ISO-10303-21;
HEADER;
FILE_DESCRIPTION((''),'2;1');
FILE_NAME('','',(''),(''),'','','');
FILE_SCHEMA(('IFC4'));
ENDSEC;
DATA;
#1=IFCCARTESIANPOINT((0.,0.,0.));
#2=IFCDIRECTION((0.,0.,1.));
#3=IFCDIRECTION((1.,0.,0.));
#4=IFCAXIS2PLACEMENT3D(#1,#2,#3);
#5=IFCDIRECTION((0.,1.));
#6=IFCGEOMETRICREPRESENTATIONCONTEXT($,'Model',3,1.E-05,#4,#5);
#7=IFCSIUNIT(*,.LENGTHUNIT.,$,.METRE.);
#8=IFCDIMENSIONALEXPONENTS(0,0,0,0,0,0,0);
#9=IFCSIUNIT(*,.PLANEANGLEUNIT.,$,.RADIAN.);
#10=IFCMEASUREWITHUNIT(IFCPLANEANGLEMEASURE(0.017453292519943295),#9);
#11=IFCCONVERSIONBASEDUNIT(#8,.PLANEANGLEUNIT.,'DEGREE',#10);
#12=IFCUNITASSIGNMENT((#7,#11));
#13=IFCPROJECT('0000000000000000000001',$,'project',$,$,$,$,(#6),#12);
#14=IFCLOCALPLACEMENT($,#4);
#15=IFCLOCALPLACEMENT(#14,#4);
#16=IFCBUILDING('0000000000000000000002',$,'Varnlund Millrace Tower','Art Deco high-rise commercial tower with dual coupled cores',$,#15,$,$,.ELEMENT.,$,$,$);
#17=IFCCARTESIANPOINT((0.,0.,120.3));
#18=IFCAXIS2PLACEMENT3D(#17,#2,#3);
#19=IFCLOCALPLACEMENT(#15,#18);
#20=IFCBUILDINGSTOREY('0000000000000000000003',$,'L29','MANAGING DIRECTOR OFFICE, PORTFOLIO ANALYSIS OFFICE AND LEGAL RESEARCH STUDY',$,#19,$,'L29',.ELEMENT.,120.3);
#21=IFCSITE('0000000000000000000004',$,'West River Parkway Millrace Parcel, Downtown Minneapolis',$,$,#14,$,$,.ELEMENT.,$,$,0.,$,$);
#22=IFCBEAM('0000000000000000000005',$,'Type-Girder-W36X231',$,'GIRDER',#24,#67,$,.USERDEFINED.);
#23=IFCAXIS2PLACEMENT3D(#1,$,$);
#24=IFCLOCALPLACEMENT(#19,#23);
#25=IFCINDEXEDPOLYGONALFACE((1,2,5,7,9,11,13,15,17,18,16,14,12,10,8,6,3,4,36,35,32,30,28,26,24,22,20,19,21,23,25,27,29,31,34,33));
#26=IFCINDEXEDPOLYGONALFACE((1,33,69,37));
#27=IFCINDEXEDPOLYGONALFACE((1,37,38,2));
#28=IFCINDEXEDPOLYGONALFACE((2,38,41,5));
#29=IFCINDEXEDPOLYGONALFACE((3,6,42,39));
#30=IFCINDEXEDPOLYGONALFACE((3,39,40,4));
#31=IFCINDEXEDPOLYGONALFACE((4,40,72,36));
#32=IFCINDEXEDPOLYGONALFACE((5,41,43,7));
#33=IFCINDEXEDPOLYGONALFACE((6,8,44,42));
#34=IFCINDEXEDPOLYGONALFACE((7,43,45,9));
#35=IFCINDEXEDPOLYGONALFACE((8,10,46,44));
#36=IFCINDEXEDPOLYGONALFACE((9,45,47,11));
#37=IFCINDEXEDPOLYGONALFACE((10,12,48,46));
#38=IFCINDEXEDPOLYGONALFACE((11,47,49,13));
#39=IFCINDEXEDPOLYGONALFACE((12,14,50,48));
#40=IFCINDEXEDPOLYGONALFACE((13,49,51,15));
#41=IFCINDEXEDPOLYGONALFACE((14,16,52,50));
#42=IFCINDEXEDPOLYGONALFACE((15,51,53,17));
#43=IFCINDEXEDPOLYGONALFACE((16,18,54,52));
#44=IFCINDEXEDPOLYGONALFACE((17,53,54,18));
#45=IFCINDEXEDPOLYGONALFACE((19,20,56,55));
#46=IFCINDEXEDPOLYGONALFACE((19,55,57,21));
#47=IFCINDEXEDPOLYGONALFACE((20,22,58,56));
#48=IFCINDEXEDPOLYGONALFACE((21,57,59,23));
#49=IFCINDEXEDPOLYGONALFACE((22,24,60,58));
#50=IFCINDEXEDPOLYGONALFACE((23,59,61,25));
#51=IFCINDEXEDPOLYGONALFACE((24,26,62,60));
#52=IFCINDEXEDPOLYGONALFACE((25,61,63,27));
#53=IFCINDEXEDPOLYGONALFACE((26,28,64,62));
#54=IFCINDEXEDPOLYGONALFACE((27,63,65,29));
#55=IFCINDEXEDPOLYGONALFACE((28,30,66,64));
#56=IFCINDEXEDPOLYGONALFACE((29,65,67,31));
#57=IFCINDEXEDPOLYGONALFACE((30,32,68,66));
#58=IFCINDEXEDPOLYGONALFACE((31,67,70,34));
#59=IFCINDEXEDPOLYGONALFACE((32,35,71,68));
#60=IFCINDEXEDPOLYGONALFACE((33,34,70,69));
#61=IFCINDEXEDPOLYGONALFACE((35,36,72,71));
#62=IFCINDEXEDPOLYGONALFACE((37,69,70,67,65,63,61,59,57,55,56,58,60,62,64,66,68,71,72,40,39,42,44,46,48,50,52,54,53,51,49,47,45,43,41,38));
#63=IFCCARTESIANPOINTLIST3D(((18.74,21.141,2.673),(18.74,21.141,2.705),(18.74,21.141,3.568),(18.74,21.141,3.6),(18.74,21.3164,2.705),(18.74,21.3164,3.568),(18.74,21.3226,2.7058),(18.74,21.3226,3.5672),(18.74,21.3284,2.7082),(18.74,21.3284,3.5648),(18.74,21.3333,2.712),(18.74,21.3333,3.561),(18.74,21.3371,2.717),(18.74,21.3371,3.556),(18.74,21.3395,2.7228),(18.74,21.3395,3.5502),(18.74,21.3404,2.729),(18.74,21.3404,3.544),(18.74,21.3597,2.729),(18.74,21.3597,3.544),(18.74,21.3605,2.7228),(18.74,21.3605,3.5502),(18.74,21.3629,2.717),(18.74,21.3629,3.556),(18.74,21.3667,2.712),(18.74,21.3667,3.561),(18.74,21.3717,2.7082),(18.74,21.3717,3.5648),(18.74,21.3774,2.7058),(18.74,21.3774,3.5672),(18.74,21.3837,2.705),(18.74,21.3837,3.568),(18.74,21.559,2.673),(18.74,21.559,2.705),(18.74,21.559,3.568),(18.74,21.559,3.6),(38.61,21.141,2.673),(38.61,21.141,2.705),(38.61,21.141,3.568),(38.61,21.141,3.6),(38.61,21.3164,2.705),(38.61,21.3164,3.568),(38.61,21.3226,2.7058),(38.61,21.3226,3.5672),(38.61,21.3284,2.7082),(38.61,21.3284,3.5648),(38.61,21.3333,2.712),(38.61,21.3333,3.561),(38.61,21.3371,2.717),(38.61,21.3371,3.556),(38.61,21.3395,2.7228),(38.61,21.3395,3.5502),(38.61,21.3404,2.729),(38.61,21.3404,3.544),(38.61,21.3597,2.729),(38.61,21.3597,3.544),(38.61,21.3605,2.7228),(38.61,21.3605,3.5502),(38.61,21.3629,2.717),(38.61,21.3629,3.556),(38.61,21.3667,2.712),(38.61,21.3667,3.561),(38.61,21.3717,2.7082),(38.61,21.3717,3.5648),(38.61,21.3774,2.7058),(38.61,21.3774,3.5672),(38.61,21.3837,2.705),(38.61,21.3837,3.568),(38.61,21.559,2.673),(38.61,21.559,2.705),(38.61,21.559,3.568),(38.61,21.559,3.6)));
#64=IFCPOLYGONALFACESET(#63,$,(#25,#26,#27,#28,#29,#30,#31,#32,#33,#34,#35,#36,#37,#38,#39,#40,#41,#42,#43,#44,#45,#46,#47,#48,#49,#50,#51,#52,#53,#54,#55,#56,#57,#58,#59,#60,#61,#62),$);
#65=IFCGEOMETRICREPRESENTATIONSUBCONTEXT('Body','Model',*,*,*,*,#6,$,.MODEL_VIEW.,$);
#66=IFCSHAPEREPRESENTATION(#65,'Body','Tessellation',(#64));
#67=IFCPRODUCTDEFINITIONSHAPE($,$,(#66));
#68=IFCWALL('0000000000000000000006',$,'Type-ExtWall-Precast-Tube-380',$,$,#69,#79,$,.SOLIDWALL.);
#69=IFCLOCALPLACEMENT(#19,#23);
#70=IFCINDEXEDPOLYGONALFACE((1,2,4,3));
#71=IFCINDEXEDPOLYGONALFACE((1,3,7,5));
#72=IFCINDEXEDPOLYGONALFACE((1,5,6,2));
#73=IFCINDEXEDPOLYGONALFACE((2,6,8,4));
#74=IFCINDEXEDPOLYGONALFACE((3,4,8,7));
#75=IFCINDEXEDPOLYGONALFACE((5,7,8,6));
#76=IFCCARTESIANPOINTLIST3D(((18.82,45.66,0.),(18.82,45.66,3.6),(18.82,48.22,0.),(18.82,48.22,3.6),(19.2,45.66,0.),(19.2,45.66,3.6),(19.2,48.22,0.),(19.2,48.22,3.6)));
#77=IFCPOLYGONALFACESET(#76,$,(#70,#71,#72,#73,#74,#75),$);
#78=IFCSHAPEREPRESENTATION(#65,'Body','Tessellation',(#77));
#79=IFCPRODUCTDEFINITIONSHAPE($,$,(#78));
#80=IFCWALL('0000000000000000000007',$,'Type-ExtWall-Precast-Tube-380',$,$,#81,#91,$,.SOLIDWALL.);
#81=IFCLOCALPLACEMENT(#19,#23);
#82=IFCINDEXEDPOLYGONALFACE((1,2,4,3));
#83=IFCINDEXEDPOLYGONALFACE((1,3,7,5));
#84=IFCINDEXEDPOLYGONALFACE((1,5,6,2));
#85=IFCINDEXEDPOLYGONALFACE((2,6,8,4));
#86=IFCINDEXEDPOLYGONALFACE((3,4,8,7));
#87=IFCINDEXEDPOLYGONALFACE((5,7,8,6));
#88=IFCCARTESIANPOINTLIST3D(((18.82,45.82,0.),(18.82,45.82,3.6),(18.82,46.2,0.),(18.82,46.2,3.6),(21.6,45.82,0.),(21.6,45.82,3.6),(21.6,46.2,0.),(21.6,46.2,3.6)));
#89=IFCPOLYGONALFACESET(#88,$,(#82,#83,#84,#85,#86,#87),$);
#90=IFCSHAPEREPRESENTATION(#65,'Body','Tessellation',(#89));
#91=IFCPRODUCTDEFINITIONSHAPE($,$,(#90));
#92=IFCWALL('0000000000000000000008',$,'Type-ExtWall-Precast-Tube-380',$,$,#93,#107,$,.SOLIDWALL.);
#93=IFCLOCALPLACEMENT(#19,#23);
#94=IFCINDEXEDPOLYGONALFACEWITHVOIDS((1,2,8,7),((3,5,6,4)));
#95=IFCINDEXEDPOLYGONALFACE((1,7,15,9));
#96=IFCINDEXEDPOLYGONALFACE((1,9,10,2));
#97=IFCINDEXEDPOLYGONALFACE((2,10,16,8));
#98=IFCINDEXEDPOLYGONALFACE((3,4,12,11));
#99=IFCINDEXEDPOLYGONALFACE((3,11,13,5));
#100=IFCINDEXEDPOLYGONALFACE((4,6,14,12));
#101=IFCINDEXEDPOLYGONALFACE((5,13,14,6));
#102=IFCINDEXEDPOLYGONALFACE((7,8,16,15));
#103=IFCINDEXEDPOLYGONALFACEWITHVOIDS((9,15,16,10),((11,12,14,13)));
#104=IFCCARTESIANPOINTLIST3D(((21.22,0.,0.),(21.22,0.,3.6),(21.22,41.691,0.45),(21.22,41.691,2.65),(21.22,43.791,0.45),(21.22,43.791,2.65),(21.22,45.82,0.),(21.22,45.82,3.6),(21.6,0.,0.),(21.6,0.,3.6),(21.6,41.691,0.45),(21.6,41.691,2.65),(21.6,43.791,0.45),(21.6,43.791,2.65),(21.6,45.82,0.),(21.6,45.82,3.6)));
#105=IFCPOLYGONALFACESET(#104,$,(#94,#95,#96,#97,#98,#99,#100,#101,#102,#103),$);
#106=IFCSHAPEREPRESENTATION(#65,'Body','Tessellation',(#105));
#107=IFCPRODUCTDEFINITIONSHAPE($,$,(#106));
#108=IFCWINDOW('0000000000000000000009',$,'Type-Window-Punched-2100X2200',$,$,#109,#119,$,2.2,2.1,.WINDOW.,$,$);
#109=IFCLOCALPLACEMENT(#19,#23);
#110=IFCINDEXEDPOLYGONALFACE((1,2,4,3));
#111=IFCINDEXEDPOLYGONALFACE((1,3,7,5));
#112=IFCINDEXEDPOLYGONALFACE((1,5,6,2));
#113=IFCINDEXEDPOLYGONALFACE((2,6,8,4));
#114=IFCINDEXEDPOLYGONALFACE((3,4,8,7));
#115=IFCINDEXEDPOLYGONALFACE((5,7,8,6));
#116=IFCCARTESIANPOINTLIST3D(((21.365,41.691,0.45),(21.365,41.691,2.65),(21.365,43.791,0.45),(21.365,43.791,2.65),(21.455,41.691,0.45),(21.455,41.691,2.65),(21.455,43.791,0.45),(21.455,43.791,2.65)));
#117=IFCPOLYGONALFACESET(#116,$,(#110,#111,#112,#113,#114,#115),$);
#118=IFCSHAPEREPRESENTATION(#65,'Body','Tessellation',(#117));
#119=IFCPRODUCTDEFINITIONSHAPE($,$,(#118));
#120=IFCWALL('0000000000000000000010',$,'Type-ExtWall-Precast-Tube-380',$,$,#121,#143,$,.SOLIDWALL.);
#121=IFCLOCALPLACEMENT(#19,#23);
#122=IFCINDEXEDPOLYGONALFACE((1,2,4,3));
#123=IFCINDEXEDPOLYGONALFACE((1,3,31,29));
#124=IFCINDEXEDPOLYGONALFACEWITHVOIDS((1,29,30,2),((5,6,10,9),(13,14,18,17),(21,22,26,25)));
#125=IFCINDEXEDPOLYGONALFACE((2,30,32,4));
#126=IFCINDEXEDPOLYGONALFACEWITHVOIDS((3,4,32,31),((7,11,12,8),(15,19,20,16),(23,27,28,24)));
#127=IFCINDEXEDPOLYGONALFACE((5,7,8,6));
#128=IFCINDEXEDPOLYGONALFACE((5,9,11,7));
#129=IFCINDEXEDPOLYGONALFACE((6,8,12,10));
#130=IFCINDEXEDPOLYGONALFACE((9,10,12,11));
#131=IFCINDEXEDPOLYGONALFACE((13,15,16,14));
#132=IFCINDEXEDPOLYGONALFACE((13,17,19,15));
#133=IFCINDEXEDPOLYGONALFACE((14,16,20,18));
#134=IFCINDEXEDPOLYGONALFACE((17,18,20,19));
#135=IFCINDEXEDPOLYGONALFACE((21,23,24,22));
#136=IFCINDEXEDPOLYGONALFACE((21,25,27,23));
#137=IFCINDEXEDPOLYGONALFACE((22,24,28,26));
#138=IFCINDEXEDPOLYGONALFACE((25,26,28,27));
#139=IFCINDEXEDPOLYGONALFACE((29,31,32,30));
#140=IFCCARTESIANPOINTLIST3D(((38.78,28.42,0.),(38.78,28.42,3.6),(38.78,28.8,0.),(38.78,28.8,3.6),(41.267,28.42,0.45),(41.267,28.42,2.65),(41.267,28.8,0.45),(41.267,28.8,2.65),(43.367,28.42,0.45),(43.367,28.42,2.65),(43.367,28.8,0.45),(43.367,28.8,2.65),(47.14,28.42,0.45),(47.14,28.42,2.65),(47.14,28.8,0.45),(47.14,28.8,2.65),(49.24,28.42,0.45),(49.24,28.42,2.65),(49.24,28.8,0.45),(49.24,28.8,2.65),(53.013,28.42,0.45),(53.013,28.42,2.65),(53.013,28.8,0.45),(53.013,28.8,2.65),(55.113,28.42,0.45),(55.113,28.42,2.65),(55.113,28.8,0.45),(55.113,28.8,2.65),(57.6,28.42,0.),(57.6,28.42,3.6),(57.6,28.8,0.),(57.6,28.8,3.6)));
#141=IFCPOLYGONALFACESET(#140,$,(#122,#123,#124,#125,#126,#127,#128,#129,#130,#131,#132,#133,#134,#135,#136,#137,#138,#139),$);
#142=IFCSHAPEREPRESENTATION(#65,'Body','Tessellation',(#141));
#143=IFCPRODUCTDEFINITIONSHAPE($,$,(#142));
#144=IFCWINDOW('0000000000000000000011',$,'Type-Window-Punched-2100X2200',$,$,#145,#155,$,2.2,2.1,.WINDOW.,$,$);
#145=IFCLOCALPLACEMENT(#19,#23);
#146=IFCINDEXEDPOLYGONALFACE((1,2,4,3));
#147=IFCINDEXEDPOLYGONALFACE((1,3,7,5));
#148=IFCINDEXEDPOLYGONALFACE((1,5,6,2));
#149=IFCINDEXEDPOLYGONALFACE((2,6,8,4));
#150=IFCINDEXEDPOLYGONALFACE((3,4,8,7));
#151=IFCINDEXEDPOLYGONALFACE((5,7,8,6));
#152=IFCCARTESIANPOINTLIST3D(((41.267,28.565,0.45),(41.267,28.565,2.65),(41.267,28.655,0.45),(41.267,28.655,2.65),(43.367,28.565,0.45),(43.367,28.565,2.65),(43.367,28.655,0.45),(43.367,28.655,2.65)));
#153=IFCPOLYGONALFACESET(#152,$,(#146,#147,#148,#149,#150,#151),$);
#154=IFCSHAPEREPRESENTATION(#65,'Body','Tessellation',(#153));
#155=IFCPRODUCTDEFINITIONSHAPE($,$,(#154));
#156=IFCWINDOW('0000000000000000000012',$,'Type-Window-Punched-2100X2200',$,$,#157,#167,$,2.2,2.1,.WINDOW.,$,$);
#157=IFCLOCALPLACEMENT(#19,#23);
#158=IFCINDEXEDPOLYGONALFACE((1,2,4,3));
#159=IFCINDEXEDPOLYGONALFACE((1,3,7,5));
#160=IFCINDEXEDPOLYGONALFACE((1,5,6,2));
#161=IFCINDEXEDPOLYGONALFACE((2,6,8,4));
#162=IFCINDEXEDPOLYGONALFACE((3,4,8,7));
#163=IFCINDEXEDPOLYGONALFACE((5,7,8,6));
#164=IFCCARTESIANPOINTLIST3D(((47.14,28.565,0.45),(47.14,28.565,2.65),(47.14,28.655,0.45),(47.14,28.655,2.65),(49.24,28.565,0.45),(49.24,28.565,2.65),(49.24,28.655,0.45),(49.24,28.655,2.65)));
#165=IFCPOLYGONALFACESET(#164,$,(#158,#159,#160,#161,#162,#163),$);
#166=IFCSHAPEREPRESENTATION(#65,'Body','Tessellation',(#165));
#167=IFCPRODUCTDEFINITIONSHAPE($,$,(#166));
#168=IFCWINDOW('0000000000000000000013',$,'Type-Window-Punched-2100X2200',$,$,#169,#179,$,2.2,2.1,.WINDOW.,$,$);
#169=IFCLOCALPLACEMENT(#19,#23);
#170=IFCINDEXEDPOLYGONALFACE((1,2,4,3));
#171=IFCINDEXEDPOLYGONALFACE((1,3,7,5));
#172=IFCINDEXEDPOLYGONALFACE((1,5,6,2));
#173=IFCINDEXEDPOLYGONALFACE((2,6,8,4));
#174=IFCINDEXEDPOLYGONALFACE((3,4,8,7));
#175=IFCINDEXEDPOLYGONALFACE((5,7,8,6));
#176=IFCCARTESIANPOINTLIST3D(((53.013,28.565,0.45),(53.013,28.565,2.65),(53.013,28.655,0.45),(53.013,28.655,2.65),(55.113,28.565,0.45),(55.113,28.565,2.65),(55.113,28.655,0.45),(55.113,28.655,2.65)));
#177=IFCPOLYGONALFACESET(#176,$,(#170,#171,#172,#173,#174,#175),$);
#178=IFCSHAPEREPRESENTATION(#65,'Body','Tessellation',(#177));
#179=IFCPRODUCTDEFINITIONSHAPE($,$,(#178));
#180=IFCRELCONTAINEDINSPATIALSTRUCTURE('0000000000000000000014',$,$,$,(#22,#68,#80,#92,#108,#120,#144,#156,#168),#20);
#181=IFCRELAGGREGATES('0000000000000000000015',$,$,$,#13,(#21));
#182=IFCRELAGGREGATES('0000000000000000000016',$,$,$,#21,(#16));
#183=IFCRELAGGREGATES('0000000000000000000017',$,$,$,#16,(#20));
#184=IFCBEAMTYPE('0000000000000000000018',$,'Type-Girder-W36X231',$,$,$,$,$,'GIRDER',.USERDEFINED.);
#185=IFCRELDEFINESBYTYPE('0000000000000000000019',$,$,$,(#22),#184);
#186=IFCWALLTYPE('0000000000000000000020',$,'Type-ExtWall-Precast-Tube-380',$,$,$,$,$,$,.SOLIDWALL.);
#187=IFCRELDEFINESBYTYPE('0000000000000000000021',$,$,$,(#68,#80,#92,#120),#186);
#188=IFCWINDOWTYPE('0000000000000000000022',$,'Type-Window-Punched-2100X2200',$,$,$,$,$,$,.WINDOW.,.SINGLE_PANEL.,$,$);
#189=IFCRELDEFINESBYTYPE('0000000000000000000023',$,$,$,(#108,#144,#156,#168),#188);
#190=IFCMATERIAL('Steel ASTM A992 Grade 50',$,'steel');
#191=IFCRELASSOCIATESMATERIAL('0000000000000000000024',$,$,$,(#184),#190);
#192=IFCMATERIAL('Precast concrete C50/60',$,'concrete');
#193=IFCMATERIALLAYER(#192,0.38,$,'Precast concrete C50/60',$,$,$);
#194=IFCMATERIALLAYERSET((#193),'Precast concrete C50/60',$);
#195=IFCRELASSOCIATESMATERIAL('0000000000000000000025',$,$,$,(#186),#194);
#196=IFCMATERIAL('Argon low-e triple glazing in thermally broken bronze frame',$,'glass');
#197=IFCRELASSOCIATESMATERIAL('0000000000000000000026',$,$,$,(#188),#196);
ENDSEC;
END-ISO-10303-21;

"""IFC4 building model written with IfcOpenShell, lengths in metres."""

from ifc_helpers import new_model, entity, si_unit, converted_unit, direction, frame, origin_with_axes, origin_2d_with_axis, place, context, subcontext, project, spatial, polyline, rectangle, i_section, outline, extrude, material, layer, layer_set, material_profile, profile_set, type_object, element, fill, save


model = new_model("IFC4")

# Units and contexts
model_context = context("Model", 3, precision=1e-05, world=origin_with_axes(), true_north=direction((0.0, 1.0)))
body_context = subcontext(model_context, "Body", "Model", "MODEL_VIEW")
ifc_project = project(units=[si_unit("LENGTHUNIT", "METRE"), converted_unit("PLANEANGLEUNIT", "DEGREE", entity("IfcPlaneAngleMeasure", 0.017453292519943295), si_unit("PLANEANGLEUNIT", "RADIAN"), dimensions=[0, 0, 0, 0, 0, 0, 0])], contexts=[model_context])

# Site, building, storey
site_placement = place(None, origin_with_axes())
site = spatial("IfcSite", under=ifc_project, at=site_placement, Name="West River Parkway Millrace Parcel, Downtown Minneapolis", CompositionType="ELEMENT", RefElevation=0.0)
building_placement = place(site_placement, origin_with_axes())
building = spatial("IfcBuilding", under=site, at=building_placement, Name="Varnlund Millrace Tower", Description="Art Deco high-rise commercial tower with dual coupled cores", CompositionType="ELEMENT")
storey_placement = place(building_placement, frame((0.0, 0.0, 120.3), z_axis=(0.0, 0.0, 1.0), x_axis=(1.0, 0.0, 0.0)))
storey = spatial("IfcBuildingStorey", under=building, at=storey_placement, Name="L29", Description="MANAGING DIRECTOR OFFICE, PORTFOLIO ANALYSIS OFFICE AND LEGAL RESEARCH STUDY", LongName="L29", CompositionType="ELEMENT", Elevation=120.3)

# Beam
ifc_material_1 = material(Name="Steel ASTM A992 Grade 50", Category="steel")
ifc_material_profile_1 = material_profile(ifc_material_1, i_section(OverallWidth=0.418, OverallDepth=0.927, WebThickness=0.0193, FlangeThickness=0.032, FilletRadius=0.024, at=origin_2d_with_axis()), Name="Steel ASTM A992 Grade 50")
ifc_profile_set_1 = profile_set([ifc_material_profile_1], Name="Steel ASTM A992 Grade 50")
beam_type_1 = type_object("IfcBeamType", Name="Type-Girder-W36X231", ElementType="GIRDER", PredefinedType="USERDEFINED", material=ifc_profile_set_1)
beam_1_placement = place(storey_placement, frame((18.74, 21.35, 3.1365), z_axis=(1.0, 0.0, 0.0), x_axis=(0.0, 1.0, 0.0)))
element("IfcBeam", 1, at=beam_1_placement, inside=storey, type_object=beam_type_1, Name="Type-Girder-W36X231", ObjectType="GIRDER", PredefinedType="USERDEFINED", context=body_context, shape_type="SweptSolid", body=[
    extrude(i_section(OverallWidth=0.418, OverallDepth=0.927, WebThickness=0.0193, FlangeThickness=0.032, FilletRadius=0.024, at=origin_2d_with_axis()), origin_with_axes(), (0.0, 0.0, 1.0), 19.87),
])

# Walls
ifc_material_2 = material(Name="Precast concrete C50/60", Category="concrete")
ifc_layer_1 = layer(ifc_material_2, 0.38, Name="Precast concrete C50/60")
ifc_layer_set_1 = layer_set([ifc_layer_1], Name="Precast concrete C50/60")
wall_type_1 = type_object("IfcWallType", Name="Type-ExtWall-Precast-Tube-380", PredefinedType="SOLIDWALL", material=ifc_layer_set_1)
wall_1_placement = place(storey_placement, frame((19.01, 48.22, 0.0), z_axis=(0.0, 0.0, 1.0), x_axis=(0.0, -1.0, 0.0)))
element("IfcWall", 2, at=wall_1_placement, inside=storey, type_object=wall_type_1, Name="Type-ExtWall-Precast-Tube-380", PredefinedType="SOLIDWALL", context=body_context, shape_type="SweptSolid", body=[
    extrude(outline(polyline([(0.0, -0.19), (2.56, -0.19), (2.56, 0.19), (0.0, 0.19), (0.0, -0.19)])), origin_with_axes(), (0.0, 0.0, 1.0), 3.6),
])
wall_2_placement = place(storey_placement, frame((18.82, 46.01, 0.0), z_axis=(0.0, 0.0, 1.0), x_axis=(1.0, 0.0, 0.0)))
element("IfcWall", 3, at=wall_2_placement, inside=storey, type_object=wall_type_1, Name="Type-ExtWall-Precast-Tube-380", PredefinedType="SOLIDWALL", context=body_context, shape_type="SweptSolid", body=[
    extrude(outline(polyline([(0.0, -0.19), (2.78, -0.19), (2.78, 0.19), (0.0, 0.19), (0.0, -0.19)])), origin_with_axes(), (0.0, 0.0, 1.0), 3.6),
])

# Wall, opening, window
wall_3_placement = place(storey_placement, frame((21.41, 45.82, 0.0), z_axis=(0.0, 0.0, 1.0), x_axis=(0.0, -1.0, 0.0)))
wall_3 = element("IfcWall", 4, at=wall_3_placement, inside=storey, type_object=wall_type_1, Name="Type-ExtWall-Precast-Tube-380", PredefinedType="SOLIDWALL", context=body_context, shape_type="SweptSolid", body=[
    extrude(outline(polyline([(0.0, -0.19), (45.82, -0.19), (45.82, 0.19), (0.0, 0.19), (0.0, -0.19)])), origin_with_axes(), (0.0, 0.0, 1.0), 3.6),
])
opening_1_placement = place(wall_3_placement, frame((3.079, 0.0, 0.45), z_axis=(0.0, 0.0, 1.0), x_axis=(1.0, 0.0, 0.0)))
opening_1 = element("IfcOpeningElement", 5, at=opening_1_placement, cuts=wall_3, PredefinedType="OPENING", context=body_context, shape_type="SweptSolid", body=[
    extrude(rectangle(XDim=2.1, YDim=0.4, at=origin_2d_with_axis()), origin_with_axes(), (0.0, 0.0, 1.0), 2.2),
])
ifc_material_3 = material(Name="Argon low-e triple glazing in thermally broken bronze frame", Category="glass")
window_type = type_object("IfcWindowType", Name="Type-Window-Punched-2100X2200", PartitioningType="SINGLE_PANEL", PredefinedType="WINDOW", material=ifc_material_3)
window_1_placement = place(wall_3_placement, frame((3.079, 0.0, 0.45), z_axis=(0.0, 0.0, 1.0), x_axis=(1.0, 0.0, 0.0)))
window_1 = element("IfcWindow", 6, at=window_1_placement, inside=storey, type_object=window_type, Name="Type-Window-Punched-2100X2200", OverallHeight=2.2, OverallWidth=2.1, PredefinedType="WINDOW", context=body_context, shape_type="SweptSolid", body=[
    extrude(rectangle(XDim=2.1, YDim=0.09, at=origin_2d_with_axis()), origin_with_axes(), (0.0, 0.0, 1.0), 2.2),
])
fill(opening_1, window_1)

# Wall, openings, windows
wall_4_placement = place(storey_placement, frame((38.78, 28.61, 0.0), z_axis=(0.0, 0.0, 1.0), x_axis=(1.0, 0.0, 0.0)))
wall_4 = element("IfcWall", 7, at=wall_4_placement, inside=storey, type_object=wall_type_1, Name="Type-ExtWall-Precast-Tube-380", PredefinedType="SOLIDWALL", context=body_context, shape_type="SweptSolid", body=[
    extrude(outline(polyline([(0.0, -0.19), (18.82, -0.19), (18.82, 0.19), (0.0, 0.19), (0.0, -0.19)])), origin_with_axes(), (0.0, 0.0, 1.0), 3.6),
])
opening_2_placement = place(wall_4_placement, frame((3.537, 0.0, 0.45), z_axis=(0.0, 0.0, 1.0), x_axis=(1.0, 0.0, 0.0)))
opening_2 = element("IfcOpeningElement", 8, at=opening_2_placement, cuts=wall_4, PredefinedType="OPENING", context=body_context, shape_type="SweptSolid", body=[
    extrude(rectangle(XDim=2.1, YDim=0.4, at=origin_2d_with_axis()), origin_with_axes(), (0.0, 0.0, 1.0), 2.2),
])
opening_3_placement = place(wall_4_placement, frame((9.41, 0.0, 0.45), z_axis=(0.0, 0.0, 1.0), x_axis=(1.0, 0.0, 0.0)))
opening_3 = element("IfcOpeningElement", 9, at=opening_3_placement, cuts=wall_4, PredefinedType="OPENING", context=body_context, shape_type="SweptSolid", body=[
    extrude(rectangle(XDim=2.1, YDim=0.4, at=origin_2d_with_axis()), origin_with_axes(), (0.0, 0.0, 1.0), 2.2),
])
opening_4_placement = place(wall_4_placement, frame((15.283, 0.0, 0.45), z_axis=(0.0, 0.0, 1.0), x_axis=(1.0, 0.0, 0.0)))
opening_4 = element("IfcOpeningElement", 10, at=opening_4_placement, cuts=wall_4, PredefinedType="OPENING", context=body_context, shape_type="SweptSolid", body=[
    extrude(rectangle(XDim=2.1, YDim=0.4, at=origin_2d_with_axis()), origin_with_axes(), (0.0, 0.0, 1.0), 2.2),
])
window_2_placement = place(wall_4_placement, frame((3.537, 0.0, 0.45), z_axis=(0.0, 0.0, 1.0), x_axis=(1.0, 0.0, 0.0)))
window_2 = element("IfcWindow", 11, at=window_2_placement, inside=storey, type_object=window_type, Name="Type-Window-Punched-2100X2200", OverallHeight=2.2, OverallWidth=2.1, PredefinedType="WINDOW", context=body_context, shape_type="SweptSolid", body=[
    extrude(rectangle(XDim=2.1, YDim=0.09, at=origin_2d_with_axis()), origin_with_axes(), (0.0, 0.0, 1.0), 2.2),
])
fill(opening_2, window_2)
window_3_placement = place(wall_4_placement, frame((9.41, 0.0, 0.45), z_axis=(0.0, 0.0, 1.0), x_axis=(1.0, 0.0, 0.0)))
window_3 = element("IfcWindow", 12, at=window_3_placement, inside=storey, type_object=window_type, Name="Type-Window-Punched-2100X2200", OverallHeight=2.2, OverallWidth=2.1, PredefinedType="WINDOW", context=body_context, shape_type="SweptSolid", body=[
    extrude(rectangle(XDim=2.1, YDim=0.09, at=origin_2d_with_axis()), origin_with_axes(), (0.0, 0.0, 1.0), 2.2),
])
fill(opening_3, window_3)
window_4_placement = place(wall_4_placement, frame((15.283, 0.0, 0.45), z_axis=(0.0, 0.0, 1.0), x_axis=(1.0, 0.0, 0.0)))
window_4 = element("IfcWindow", 13, at=window_4_placement, inside=storey, type_object=window_type, Name="Type-Window-Punched-2100X2200", OverallHeight=2.2, OverallWidth=2.1, PredefinedType="WINDOW", context=body_context, shape_type="SweptSolid", body=[
    extrude(rectangle(XDim=2.1, YDim=0.09, at=origin_2d_with_axis()), origin_with_axes(), (0.0, 0.0, 1.0), 2.2),
])
fill(opening_4, window_4)

save(model, "model.ifc")
